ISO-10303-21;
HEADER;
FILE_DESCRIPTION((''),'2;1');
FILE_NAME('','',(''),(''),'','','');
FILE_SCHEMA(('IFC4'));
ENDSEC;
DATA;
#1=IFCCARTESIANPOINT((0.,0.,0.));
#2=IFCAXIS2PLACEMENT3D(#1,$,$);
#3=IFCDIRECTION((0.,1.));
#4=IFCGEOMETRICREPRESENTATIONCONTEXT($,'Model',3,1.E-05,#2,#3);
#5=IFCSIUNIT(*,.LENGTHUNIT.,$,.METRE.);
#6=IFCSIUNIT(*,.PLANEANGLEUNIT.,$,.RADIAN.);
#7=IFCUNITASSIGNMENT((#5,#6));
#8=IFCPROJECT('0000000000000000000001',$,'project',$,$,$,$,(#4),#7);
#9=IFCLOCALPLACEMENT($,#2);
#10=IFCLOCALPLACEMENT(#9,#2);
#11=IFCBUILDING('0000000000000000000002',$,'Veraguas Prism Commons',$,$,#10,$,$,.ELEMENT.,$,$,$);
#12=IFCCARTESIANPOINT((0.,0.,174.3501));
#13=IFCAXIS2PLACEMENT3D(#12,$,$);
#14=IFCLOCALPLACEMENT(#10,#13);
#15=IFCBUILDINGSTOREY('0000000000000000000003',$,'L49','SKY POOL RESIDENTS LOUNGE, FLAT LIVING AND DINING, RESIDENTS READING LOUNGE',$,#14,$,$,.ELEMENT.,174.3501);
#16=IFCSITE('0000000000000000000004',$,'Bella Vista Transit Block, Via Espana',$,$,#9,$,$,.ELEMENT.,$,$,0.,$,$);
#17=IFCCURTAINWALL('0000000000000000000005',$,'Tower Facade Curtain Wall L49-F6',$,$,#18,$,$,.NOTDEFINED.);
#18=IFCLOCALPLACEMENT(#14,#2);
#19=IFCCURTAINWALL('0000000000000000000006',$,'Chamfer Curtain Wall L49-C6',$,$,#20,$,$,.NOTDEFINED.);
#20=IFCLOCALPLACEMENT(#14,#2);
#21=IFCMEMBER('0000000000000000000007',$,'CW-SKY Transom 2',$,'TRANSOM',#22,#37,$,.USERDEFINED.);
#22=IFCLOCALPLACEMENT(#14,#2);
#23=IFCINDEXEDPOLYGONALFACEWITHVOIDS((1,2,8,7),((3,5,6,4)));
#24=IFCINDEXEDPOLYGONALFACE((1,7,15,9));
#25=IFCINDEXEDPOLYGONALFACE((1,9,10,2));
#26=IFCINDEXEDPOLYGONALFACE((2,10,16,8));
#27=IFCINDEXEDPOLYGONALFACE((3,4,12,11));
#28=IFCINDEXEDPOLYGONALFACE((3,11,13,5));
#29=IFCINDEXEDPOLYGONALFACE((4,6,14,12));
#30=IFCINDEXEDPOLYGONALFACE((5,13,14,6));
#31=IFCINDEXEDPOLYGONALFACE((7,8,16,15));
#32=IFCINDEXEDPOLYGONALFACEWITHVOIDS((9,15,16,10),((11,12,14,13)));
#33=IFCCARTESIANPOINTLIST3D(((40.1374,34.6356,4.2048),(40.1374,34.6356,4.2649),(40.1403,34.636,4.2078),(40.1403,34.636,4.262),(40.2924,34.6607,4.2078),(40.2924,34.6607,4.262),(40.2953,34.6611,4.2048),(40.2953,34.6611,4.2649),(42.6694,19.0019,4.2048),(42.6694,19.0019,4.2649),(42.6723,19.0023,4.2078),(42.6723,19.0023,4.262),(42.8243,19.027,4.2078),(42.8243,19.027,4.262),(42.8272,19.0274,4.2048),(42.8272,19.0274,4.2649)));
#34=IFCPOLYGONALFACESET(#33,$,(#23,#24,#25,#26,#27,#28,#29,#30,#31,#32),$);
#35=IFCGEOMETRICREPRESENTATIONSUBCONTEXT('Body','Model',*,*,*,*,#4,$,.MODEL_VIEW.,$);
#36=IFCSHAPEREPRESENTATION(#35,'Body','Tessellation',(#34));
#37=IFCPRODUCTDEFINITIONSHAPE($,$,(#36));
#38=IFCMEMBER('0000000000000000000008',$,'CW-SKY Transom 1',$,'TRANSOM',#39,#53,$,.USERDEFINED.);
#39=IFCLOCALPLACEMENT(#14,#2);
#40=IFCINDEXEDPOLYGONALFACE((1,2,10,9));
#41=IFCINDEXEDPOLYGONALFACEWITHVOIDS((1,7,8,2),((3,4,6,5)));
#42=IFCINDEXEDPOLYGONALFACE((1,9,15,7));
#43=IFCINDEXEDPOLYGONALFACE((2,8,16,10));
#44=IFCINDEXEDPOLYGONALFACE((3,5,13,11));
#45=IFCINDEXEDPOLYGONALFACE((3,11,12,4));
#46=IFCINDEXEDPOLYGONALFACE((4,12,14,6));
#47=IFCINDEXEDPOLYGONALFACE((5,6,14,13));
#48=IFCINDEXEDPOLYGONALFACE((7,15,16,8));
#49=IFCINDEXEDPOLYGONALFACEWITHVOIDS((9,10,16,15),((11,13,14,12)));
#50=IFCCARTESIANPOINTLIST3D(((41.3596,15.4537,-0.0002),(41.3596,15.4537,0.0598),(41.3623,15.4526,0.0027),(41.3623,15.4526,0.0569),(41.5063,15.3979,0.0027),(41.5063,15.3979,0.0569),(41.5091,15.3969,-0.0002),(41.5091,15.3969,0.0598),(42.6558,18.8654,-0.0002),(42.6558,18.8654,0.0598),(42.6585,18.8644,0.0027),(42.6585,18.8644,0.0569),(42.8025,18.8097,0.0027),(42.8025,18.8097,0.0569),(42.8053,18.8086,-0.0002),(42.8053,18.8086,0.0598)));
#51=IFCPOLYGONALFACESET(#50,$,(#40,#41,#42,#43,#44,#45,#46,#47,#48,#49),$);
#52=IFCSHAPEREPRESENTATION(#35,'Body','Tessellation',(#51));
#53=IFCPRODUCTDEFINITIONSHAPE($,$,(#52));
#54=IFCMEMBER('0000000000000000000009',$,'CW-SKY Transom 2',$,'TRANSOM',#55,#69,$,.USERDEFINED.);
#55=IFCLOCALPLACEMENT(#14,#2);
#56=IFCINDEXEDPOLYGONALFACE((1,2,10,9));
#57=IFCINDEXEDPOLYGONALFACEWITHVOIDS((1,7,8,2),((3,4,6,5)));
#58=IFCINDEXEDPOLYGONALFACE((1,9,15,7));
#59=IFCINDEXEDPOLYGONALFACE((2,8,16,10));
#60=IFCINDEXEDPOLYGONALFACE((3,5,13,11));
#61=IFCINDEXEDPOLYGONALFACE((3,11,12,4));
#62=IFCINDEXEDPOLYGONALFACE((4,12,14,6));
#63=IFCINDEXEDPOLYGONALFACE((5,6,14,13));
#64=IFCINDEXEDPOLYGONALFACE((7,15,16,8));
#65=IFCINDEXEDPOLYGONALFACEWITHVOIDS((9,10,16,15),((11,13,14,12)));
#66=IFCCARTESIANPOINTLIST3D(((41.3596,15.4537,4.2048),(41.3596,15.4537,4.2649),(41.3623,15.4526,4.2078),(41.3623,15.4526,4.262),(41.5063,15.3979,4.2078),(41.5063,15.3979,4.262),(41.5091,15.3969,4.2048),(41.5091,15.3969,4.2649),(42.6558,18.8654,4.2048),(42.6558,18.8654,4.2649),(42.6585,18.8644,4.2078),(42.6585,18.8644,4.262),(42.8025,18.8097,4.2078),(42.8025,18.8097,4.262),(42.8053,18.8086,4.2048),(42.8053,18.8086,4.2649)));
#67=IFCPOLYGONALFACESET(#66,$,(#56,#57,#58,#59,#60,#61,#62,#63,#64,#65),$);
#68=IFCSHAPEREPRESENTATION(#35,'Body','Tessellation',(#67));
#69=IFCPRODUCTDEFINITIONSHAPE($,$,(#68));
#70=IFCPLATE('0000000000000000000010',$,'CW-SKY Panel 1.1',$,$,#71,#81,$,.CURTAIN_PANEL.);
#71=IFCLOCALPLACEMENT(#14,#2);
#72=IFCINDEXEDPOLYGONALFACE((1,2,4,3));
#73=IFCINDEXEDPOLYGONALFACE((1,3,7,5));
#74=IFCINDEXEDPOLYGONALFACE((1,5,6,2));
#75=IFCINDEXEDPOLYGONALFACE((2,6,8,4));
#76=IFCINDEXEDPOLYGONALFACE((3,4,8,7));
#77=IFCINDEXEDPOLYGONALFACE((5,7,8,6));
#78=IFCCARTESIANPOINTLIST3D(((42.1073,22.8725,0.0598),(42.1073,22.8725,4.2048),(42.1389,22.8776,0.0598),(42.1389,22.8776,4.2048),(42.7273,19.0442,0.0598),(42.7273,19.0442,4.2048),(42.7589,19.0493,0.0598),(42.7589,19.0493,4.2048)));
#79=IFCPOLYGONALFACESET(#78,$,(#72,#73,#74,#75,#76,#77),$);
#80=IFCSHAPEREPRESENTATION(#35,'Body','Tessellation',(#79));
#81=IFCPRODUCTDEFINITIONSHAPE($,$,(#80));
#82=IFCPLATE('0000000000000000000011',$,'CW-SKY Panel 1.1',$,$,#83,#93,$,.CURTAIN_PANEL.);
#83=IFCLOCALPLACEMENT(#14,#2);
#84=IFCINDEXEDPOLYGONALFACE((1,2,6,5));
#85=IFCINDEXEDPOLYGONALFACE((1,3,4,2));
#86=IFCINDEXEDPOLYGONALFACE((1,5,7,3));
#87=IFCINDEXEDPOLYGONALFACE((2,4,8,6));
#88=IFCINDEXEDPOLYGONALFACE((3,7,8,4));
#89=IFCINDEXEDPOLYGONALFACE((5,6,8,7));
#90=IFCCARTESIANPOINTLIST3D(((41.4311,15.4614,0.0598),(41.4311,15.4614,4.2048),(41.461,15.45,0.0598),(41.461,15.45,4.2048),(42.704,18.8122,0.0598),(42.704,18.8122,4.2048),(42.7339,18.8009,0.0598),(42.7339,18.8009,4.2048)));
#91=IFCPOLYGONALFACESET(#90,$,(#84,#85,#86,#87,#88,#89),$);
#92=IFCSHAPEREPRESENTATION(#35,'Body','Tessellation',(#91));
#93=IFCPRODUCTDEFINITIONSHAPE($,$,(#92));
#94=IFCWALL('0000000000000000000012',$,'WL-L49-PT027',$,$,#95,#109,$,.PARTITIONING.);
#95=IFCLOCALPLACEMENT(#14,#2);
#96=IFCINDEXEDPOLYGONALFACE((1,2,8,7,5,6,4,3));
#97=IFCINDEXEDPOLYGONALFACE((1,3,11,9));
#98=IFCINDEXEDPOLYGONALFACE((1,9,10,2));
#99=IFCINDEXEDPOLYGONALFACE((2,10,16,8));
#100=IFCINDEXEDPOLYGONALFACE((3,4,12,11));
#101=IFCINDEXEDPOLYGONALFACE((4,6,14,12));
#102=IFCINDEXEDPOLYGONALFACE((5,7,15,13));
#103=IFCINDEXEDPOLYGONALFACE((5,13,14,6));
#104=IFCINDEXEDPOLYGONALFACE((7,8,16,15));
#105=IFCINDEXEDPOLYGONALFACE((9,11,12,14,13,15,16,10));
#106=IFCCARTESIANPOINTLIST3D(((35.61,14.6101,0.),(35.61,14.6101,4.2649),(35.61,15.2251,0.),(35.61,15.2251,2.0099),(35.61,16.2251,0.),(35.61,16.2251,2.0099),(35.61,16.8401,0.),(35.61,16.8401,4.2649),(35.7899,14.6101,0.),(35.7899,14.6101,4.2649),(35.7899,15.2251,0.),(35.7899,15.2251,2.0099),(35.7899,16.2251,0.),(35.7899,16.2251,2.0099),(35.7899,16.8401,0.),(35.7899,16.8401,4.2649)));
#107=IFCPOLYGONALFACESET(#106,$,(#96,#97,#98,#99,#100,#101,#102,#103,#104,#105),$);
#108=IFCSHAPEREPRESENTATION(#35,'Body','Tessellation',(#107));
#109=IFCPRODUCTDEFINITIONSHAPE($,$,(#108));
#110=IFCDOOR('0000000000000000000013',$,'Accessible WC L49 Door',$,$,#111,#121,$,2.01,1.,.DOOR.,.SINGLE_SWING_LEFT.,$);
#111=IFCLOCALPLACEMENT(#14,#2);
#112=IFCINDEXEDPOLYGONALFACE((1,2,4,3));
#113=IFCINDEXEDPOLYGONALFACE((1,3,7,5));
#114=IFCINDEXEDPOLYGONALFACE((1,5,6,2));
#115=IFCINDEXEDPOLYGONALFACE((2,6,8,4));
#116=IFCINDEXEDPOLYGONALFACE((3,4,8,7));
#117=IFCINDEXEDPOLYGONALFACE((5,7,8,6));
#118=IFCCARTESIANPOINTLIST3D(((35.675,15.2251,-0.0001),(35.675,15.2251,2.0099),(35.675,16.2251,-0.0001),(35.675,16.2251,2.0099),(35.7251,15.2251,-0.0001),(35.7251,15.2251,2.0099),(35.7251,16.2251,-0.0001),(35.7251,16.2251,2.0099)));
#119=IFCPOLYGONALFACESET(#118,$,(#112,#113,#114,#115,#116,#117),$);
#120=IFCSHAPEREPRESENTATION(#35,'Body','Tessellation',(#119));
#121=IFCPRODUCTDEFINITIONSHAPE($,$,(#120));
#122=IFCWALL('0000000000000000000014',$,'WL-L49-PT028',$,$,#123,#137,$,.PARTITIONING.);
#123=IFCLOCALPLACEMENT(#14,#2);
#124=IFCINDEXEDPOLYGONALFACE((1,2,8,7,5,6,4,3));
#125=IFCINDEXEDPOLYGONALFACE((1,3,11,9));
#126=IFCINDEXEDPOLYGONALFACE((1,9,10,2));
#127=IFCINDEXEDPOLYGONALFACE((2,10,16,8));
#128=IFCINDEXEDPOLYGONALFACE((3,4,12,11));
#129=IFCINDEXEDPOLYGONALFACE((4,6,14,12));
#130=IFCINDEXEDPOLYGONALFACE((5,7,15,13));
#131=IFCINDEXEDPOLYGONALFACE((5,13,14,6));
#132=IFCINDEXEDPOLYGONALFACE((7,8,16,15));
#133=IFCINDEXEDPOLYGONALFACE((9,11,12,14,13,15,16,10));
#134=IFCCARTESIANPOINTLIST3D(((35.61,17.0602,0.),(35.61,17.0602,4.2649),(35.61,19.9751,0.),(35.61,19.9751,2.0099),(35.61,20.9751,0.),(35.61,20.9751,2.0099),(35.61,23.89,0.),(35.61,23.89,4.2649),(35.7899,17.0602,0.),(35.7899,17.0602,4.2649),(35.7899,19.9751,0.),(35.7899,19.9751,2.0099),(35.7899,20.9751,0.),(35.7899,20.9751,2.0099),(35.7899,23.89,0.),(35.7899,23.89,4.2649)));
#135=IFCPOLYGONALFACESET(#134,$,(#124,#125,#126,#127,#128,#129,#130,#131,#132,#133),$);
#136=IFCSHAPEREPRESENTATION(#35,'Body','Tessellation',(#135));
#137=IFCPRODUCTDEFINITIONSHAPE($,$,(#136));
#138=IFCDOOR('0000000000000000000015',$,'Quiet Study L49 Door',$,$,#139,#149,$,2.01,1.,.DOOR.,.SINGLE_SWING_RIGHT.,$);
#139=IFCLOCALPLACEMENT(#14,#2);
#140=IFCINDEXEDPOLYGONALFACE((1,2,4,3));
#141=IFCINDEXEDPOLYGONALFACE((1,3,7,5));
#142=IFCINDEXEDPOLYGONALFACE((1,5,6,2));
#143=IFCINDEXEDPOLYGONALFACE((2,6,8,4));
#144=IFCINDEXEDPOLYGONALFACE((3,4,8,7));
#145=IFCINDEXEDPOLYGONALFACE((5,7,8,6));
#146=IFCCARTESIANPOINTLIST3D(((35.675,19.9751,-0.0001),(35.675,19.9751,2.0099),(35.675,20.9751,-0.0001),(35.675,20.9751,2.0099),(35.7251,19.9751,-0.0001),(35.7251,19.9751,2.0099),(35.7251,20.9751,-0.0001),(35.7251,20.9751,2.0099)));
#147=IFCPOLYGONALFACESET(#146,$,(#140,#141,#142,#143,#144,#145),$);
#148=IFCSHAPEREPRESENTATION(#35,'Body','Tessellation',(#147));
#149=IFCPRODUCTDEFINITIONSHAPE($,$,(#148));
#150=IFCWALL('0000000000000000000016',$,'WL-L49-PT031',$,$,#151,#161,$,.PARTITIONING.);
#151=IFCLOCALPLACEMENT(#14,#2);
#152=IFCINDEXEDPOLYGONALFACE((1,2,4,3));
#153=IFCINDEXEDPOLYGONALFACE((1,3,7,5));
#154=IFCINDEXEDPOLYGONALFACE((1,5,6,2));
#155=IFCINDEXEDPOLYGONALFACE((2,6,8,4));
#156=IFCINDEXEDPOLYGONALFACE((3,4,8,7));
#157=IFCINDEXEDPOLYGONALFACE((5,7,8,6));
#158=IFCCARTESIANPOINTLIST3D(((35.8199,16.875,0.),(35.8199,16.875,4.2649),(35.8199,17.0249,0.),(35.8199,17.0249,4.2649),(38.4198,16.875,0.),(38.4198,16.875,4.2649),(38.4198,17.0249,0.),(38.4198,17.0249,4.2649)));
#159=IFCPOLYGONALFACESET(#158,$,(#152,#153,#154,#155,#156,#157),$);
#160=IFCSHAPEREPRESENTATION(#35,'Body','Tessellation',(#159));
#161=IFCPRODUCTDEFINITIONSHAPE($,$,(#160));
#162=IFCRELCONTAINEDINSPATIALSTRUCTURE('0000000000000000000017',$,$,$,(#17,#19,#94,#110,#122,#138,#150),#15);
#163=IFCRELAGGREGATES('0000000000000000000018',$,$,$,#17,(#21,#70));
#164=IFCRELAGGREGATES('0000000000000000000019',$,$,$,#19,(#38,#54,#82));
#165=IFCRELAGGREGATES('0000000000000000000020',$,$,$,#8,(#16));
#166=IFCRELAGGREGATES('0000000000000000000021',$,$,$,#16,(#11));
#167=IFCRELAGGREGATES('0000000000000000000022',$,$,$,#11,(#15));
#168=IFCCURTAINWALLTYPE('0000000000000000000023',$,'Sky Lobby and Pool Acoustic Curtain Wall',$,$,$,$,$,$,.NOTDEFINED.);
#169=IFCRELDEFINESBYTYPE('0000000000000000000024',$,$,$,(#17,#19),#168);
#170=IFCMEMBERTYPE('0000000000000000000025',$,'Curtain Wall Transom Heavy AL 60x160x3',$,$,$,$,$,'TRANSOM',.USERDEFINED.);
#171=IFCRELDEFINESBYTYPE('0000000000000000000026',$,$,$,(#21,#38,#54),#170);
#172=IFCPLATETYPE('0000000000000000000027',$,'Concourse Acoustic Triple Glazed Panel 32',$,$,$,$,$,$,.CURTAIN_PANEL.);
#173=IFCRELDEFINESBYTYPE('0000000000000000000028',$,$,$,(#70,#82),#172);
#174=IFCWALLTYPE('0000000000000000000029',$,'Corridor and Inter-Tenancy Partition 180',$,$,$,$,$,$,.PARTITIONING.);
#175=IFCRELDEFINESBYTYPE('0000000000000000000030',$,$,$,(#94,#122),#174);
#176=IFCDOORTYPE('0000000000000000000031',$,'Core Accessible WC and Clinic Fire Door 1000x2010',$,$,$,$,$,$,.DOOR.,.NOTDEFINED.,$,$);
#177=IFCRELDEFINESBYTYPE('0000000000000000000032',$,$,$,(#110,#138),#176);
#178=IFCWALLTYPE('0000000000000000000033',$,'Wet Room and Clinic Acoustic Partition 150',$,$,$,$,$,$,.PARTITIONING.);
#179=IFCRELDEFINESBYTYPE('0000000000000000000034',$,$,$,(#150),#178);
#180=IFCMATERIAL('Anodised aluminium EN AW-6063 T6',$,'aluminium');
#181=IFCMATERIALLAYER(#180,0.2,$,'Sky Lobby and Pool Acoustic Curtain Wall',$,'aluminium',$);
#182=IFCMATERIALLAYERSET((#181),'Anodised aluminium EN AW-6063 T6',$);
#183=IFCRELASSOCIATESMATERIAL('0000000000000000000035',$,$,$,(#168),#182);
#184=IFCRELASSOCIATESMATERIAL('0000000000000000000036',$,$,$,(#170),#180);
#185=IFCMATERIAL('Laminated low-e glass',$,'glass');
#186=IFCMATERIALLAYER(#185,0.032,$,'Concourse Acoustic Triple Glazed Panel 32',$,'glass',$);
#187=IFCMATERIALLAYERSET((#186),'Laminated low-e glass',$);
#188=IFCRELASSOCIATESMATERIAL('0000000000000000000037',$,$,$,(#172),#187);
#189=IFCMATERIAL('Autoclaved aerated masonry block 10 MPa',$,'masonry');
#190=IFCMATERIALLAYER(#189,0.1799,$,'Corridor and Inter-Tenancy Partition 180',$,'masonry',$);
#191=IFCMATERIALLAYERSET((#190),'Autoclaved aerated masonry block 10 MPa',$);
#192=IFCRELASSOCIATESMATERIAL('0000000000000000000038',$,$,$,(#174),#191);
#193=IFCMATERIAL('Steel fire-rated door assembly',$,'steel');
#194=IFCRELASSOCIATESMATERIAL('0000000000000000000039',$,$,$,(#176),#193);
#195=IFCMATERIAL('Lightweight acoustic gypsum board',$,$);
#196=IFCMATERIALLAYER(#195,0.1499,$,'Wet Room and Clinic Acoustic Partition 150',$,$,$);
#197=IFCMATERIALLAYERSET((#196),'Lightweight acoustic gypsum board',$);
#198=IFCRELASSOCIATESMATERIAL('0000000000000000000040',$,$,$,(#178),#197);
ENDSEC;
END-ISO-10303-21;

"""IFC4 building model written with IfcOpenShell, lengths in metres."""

from ifc_helpers import new_model, si_unit, direction, frame, frame_2d, origin, origin_2d, place, context, subcontext, project, spatial, rectangle, hollow_rectangle, extrude, source, transform, mapped, material, layer, layer_set, material_profile, profile_set, type_object, element, fill, aggregate, save


model = new_model("IFC4")

# Units and contexts
model_context = context("Model", 3, precision=1e-05, world=origin(), true_north=direction((0.0, 1.0)))
body_context = subcontext(model_context, "Body", "Model", "MODEL_VIEW")
ifc_project = project(units=[si_unit("LENGTHUNIT", "METRE"), si_unit("PLANEANGLEUNIT", "RADIAN")], contexts=[model_context])

# Site, building, storey
site_placement = place(None, origin())
site = spatial("IfcSite", under=ifc_project, at=site_placement, Name="Bella Vista Transit Block, Via Espana", CompositionType="ELEMENT", RefElevation=0.0)
building_placement = place(site_placement, origin())
building = spatial("IfcBuilding", under=site, at=building_placement, Name="Veraguas Prism Commons", CompositionType="ELEMENT")
storey_placement = place(building_placement, frame((0.0, 0.0, 174.3501)))
storey = spatial("IfcBuildingStorey", under=building, at=storey_placement, Name="L49", Description="SKY POOL RESIDENTS LOUNGE, FLAT LIVING AND DINING, RESIDENTS READING LOUNGE", CompositionType="ELEMENT", Elevation=174.3501)

# Curtain wall
ifc_material_1 = material(Name="Anodised aluminium EN AW-6063 T6", Category="aluminium")
ifc_layer_1 = layer(ifc_material_1, 0.2, Name="Sky Lobby and Pool Acoustic Curtain Wall", Category="aluminium")
ifc_layer_set_1 = layer_set([ifc_layer_1], Name="Anodised aluminium EN AW-6063 T6")
curtain_wall_type = type_object("IfcCurtainWallType", Name="Sky Lobby and Pool Acoustic Curtain Wall", PredefinedType="NOTDEFINED", material=ifc_layer_set_1)
curtain_wall_1_placement = place(storey_placement, origin())
curtain_wall_1 = element("IfcCurtainWall", 1, at=curtain_wall_1_placement, inside=storey, type_object=curtain_wall_type, Name="Tower Facade Curtain Wall L49-F6", PredefinedType="NOTDEFINED")

# Curtain wall
curtain_wall_2_placement = place(storey_placement, origin())
curtain_wall_2 = element("IfcCurtainWall", 2, at=curtain_wall_2_placement, inside=storey, type_object=curtain_wall_type, Name="Chamfer Curtain Wall L49-C6", PredefinedType="NOTDEFINED")

# Members
ifc_material_profile_1 = material_profile(ifc_material_1, hollow_rectangle(XDim=0.0601, YDim=0.1599, WallThickness=0.0029, at=origin_2d()), Name="AL60X160X3")
ifc_profile_set_1 = profile_set([ifc_material_profile_1], Name="Anodised aluminium EN AW-6063 T6")
member_type_1 = type_object("IfcMemberType", Name="Curtain Wall Transom Heavy AL 60x160x3", ElementType="TRANSOM", PredefinedType="USERDEFINED", material=ifc_profile_set_1)
shared_shape_1 = source(origin(), body_context, "Body", "SweptSolid", [
    extrude(hollow_rectangle(XDim=0.0601, YDim=0.1599, WallThickness=0.0029, at=origin_2d()), origin(), (0.0, 0.0, 1.0), 15.8374),
])
member_1_placement = place(storey_placement, frame((42.7483, 19.0146, 4.2349), z_axis=(-0.159873, 0.987138, 0.0), x_axis=(0.0, 0.0, 1.0)))
member_1 = element("IfcMember", 3, at=member_1_placement, type_object=member_type_1, Name="CW-SKY Transom 2", ObjectType="TRANSOM", PredefinedType="USERDEFINED", context=body_context, shape_type="MappedRepresentation", body=[
    mapped(shared_shape_1, transform((0.0, 0.0, 0.0), scale=1.0)),
])
shared_shape_2 = source(origin(), body_context, "Body", "SweptSolid", [
    extrude(hollow_rectangle(XDim=0.0601, YDim=0.1599, WallThickness=0.0029, at=origin_2d()), origin(), (0.0, 0.0, 1.0), 3.6497),
])
member_2_placement = place(storey_placement, frame((41.4343, 15.4253, 0.0298), z_axis=(0.355152, 0.934808, 0.0), x_axis=(0.0, 0.0, 1.0)))
member_2 = element("IfcMember", 4, at=member_2_placement, type_object=member_type_1, Name="CW-SKY Transom 1", ObjectType="TRANSOM", PredefinedType="USERDEFINED", context=body_context, shape_type="MappedRepresentation", body=[
    mapped(shared_shape_2, transform((0.0, 0.0, 0.0), scale=1.0)),
])
member_3_placement = place(storey_placement, frame((41.4343, 15.4253, 4.2349), z_axis=(0.355152, 0.934808, 0.0), x_axis=(0.0, 0.0, 1.0)))
member_3 = element("IfcMember", 5, at=member_3_placement, type_object=member_type_1, Name="CW-SKY Transom 2", ObjectType="TRANSOM", PredefinedType="USERDEFINED", context=body_context, shape_type="MappedRepresentation", body=[
    mapped(shared_shape_2, transform((0.0, 0.0, 0.0), scale=1.0)),
])

# Plates
ifc_material_2 = material(Name="Laminated low-e glass", Category="glass")
ifc_layer_2 = layer(ifc_material_2, 0.032, Name="Concourse Acoustic Triple Glazed Panel 32", Category="glass")
ifc_layer_set_2 = layer_set([ifc_layer_2], Name="Laminated low-e glass")
plate_type = type_object("IfcPlateType", Name="Concourse Acoustic Triple Glazed Panel 32", PredefinedType="CURTAIN_PANEL", material=ifc_layer_set_2)
shared_shape_3 = source(origin(), body_context, "Body", "SweptSolid", [
    extrude(rectangle(XDim=3.8782, YDim=0.032, at=origin_2d()), origin(), (0.0, 0.0, 1.0), 4.145),
])
plate_1_placement = place(storey_placement, frame((42.4331, 20.9609, 0.0598), z_axis=(0.0, 0.0, 1.0), x_axis=(-0.159874, 0.987137, 0.0)))
plate_1 = element("IfcPlate", 6, at=plate_1_placement, type_object=plate_type, Name="CW-SKY Panel 1.1", PredefinedType="CURTAIN_PANEL", context=body_context, shape_type="MappedRepresentation", body=[
    mapped(shared_shape_3, transform((0.0, 0.0, 0.0), scale=1.0)),
])
aggregate(curtain_wall_1, [member_1, plate_1])
shared_shape_4 = source(origin(), body_context, "Body", "SweptSolid", [
    extrude(rectangle(XDim=3.5845, YDim=0.032, at=origin_2d()), origin(), (0.0, 0.0, 1.0), 4.145),
])
plate_2_placement = place(storey_placement, frame((42.0825, 17.1311, 0.0598), z_axis=(0.0, 0.0, 1.0), x_axis=(0.355107, 0.934826, 0.0)))
plate_2 = element("IfcPlate", 7, at=plate_2_placement, type_object=plate_type, Name="CW-SKY Panel 1.1", PredefinedType="CURTAIN_PANEL", context=body_context, shape_type="MappedRepresentation", body=[
    mapped(shared_shape_4, transform((0.0, 0.0, 0.0), scale=1.0)),
])
aggregate(curtain_wall_2, [member_2, member_3, plate_2])

# Walls, openings, doors
ifc_material_3 = material(Name="Autoclaved aerated masonry block 10 MPa", Category="masonry")
ifc_layer_3 = layer(ifc_material_3, 0.1799, Name="Corridor and Inter-Tenancy Partition 180", Category="masonry")
ifc_layer_set_3 = layer_set([ifc_layer_3], Name="Autoclaved aerated masonry block 10 MPa")
wall_type_1 = type_object("IfcWallType", Name="Corridor and Inter-Tenancy Partition 180", PredefinedType="PARTITIONING", material=ifc_layer_set_3)
wall_1_placement = place(storey_placement, frame((35.7, 14.6101, 0.0), z_axis=(0.0, 0.0, 1.0), x_axis=(0.0, 1.0, 0.0)))
wall_1 = element("IfcWall", 8, at=wall_1_placement, inside=storey, type_object=wall_type_1, Name="WL-L49-PT027", PredefinedType="PARTITIONING", context=body_context, shape_type="SweptSolid", body=[
    extrude(rectangle(XDim=2.23, YDim=0.1799, at=frame_2d((1.115, 0.0))), origin(), (0.0, 0.0, 1.0), 4.2649),
])
opening_1_placement = place(wall_1_placement, frame((0.615, 0.0, 0.0)))
opening_1 = element("IfcOpeningElement", 9, at=opening_1_placement, cuts=wall_1, PredefinedType="OPENING", context=body_context, shape_type="SweptSolid", body=[
    extrude(rectangle(XDim=1.0, YDim=2.01, at=frame_2d((0.5, 1.0049))), frame((0.0, 0.0999, 0.0), z_axis=(0.0, -1.0, 0.0), x_axis=(1.0, 0.0, 0.0)), (0.0, 0.0, 1.0), 0.2),
])
ifc_material_4 = material(Name="Steel fire-rated door assembly", Category="steel")
door_type = type_object("IfcDoorType", Name="Core Accessible WC and Clinic Fire Door 1000x2010", OperationType="NOTDEFINED", PredefinedType="DOOR", material=ifc_material_4)
shared_shape_5 = source(origin(), body_context, "Body", "SweptSolid", [
    extrude(rectangle(XDim=1.0, YDim=2.01, at=frame_2d((0.5, 1.0049))), frame((0.0, 0.0249, 0.0), z_axis=(0.0, -1.0, 0.0), x_axis=(1.0, 0.0, 0.0)), (0.0, 0.0, 1.0), 0.05),
])
door_1_placement = place(opening_1_placement, origin())
door_1 = element("IfcDoor", 10, at=door_1_placement, inside=storey, type_object=door_type, Name="Accessible WC L49 Door", OperationType="SINGLE_SWING_LEFT", OverallHeight=2.01, OverallWidth=1.0, PredefinedType="DOOR", context=body_context, shape_type="MappedRepresentation", body=[
    mapped(shared_shape_5, transform((0.0, 0.0, 0.0), scale=1.0)),
])
fill(opening_1, door_1)
wall_2_placement = place(storey_placement, frame((35.7, 17.0601, 0.0), z_axis=(0.0, 0.0, 1.0), x_axis=(0.0, 1.0, 0.0)))
wall_2 = element("IfcWall", 11, at=wall_2_placement, inside=storey, type_object=wall_type_1, Name="WL-L49-PT028", PredefinedType="PARTITIONING", context=body_context, shape_type="SweptSolid", body=[
    extrude(rectangle(XDim=6.8298, YDim=0.1799, at=frame_2d((3.415, 0.0))), origin(), (0.0, 0.0, 1.0), 4.2649),
])
opening_2_placement = place(wall_2_placement, frame((2.915, 0.0, 0.0)))
opening_2 = element("IfcOpeningElement", 12, at=opening_2_placement, cuts=wall_2, PredefinedType="OPENING", context=body_context, shape_type="SweptSolid", body=[
    extrude(rectangle(XDim=1.0, YDim=2.01, at=frame_2d((0.5, 1.0049))), frame((0.0, 0.0999, 0.0), z_axis=(0.0, -1.0, 0.0), x_axis=(1.0, 0.0, 0.0)), (0.0, 0.0, 1.0), 0.2),
])
door_2_placement = place(opening_2_placement, origin())
door_2 = element("IfcDoor", 13, at=door_2_placement, inside=storey, type_object=door_type, Name="Quiet Study L49 Door", OperationType="SINGLE_SWING_RIGHT", OverallHeight=2.01, OverallWidth=1.0, PredefinedType="DOOR", context=body_context, shape_type="MappedRepresentation", body=[
    mapped(shared_shape_5, transform((0.0, 0.0, 0.0), scale=1.0)),
])
fill(opening_2, door_2)

# Wall
ifc_material_5 = material(Name="Lightweight acoustic gypsum board")
ifc_layer_4 = layer(ifc_material_5, 0.1499, Name="Wet Room and Clinic Acoustic Partition 150")
ifc_layer_set_4 = layer_set([ifc_layer_4], Name="Lightweight acoustic gypsum board")
wall_type_2 = type_object("IfcWallType", Name="Wet Room and Clinic Acoustic Partition 150", PredefinedType="PARTITIONING", material=ifc_layer_set_4)
wall_3_placement = place(storey_placement, frame((35.8201, 16.95, 0.0), z_axis=(0.0, 0.0, 1.0), x_axis=(1.0, 0.0, 0.0)))
element("IfcWall", 14, at=wall_3_placement, inside=storey, type_object=wall_type_2, Name="WL-L49-PT031", PredefinedType="PARTITIONING", context=body_context, shape_type="SweptSolid", body=[
    extrude(rectangle(XDim=2.5999, YDim=0.1499, at=frame_2d((1.2998, 0.0))), origin(), (0.0, 0.0, 1.0), 4.2649),
])

save(model, "model.ifc")
